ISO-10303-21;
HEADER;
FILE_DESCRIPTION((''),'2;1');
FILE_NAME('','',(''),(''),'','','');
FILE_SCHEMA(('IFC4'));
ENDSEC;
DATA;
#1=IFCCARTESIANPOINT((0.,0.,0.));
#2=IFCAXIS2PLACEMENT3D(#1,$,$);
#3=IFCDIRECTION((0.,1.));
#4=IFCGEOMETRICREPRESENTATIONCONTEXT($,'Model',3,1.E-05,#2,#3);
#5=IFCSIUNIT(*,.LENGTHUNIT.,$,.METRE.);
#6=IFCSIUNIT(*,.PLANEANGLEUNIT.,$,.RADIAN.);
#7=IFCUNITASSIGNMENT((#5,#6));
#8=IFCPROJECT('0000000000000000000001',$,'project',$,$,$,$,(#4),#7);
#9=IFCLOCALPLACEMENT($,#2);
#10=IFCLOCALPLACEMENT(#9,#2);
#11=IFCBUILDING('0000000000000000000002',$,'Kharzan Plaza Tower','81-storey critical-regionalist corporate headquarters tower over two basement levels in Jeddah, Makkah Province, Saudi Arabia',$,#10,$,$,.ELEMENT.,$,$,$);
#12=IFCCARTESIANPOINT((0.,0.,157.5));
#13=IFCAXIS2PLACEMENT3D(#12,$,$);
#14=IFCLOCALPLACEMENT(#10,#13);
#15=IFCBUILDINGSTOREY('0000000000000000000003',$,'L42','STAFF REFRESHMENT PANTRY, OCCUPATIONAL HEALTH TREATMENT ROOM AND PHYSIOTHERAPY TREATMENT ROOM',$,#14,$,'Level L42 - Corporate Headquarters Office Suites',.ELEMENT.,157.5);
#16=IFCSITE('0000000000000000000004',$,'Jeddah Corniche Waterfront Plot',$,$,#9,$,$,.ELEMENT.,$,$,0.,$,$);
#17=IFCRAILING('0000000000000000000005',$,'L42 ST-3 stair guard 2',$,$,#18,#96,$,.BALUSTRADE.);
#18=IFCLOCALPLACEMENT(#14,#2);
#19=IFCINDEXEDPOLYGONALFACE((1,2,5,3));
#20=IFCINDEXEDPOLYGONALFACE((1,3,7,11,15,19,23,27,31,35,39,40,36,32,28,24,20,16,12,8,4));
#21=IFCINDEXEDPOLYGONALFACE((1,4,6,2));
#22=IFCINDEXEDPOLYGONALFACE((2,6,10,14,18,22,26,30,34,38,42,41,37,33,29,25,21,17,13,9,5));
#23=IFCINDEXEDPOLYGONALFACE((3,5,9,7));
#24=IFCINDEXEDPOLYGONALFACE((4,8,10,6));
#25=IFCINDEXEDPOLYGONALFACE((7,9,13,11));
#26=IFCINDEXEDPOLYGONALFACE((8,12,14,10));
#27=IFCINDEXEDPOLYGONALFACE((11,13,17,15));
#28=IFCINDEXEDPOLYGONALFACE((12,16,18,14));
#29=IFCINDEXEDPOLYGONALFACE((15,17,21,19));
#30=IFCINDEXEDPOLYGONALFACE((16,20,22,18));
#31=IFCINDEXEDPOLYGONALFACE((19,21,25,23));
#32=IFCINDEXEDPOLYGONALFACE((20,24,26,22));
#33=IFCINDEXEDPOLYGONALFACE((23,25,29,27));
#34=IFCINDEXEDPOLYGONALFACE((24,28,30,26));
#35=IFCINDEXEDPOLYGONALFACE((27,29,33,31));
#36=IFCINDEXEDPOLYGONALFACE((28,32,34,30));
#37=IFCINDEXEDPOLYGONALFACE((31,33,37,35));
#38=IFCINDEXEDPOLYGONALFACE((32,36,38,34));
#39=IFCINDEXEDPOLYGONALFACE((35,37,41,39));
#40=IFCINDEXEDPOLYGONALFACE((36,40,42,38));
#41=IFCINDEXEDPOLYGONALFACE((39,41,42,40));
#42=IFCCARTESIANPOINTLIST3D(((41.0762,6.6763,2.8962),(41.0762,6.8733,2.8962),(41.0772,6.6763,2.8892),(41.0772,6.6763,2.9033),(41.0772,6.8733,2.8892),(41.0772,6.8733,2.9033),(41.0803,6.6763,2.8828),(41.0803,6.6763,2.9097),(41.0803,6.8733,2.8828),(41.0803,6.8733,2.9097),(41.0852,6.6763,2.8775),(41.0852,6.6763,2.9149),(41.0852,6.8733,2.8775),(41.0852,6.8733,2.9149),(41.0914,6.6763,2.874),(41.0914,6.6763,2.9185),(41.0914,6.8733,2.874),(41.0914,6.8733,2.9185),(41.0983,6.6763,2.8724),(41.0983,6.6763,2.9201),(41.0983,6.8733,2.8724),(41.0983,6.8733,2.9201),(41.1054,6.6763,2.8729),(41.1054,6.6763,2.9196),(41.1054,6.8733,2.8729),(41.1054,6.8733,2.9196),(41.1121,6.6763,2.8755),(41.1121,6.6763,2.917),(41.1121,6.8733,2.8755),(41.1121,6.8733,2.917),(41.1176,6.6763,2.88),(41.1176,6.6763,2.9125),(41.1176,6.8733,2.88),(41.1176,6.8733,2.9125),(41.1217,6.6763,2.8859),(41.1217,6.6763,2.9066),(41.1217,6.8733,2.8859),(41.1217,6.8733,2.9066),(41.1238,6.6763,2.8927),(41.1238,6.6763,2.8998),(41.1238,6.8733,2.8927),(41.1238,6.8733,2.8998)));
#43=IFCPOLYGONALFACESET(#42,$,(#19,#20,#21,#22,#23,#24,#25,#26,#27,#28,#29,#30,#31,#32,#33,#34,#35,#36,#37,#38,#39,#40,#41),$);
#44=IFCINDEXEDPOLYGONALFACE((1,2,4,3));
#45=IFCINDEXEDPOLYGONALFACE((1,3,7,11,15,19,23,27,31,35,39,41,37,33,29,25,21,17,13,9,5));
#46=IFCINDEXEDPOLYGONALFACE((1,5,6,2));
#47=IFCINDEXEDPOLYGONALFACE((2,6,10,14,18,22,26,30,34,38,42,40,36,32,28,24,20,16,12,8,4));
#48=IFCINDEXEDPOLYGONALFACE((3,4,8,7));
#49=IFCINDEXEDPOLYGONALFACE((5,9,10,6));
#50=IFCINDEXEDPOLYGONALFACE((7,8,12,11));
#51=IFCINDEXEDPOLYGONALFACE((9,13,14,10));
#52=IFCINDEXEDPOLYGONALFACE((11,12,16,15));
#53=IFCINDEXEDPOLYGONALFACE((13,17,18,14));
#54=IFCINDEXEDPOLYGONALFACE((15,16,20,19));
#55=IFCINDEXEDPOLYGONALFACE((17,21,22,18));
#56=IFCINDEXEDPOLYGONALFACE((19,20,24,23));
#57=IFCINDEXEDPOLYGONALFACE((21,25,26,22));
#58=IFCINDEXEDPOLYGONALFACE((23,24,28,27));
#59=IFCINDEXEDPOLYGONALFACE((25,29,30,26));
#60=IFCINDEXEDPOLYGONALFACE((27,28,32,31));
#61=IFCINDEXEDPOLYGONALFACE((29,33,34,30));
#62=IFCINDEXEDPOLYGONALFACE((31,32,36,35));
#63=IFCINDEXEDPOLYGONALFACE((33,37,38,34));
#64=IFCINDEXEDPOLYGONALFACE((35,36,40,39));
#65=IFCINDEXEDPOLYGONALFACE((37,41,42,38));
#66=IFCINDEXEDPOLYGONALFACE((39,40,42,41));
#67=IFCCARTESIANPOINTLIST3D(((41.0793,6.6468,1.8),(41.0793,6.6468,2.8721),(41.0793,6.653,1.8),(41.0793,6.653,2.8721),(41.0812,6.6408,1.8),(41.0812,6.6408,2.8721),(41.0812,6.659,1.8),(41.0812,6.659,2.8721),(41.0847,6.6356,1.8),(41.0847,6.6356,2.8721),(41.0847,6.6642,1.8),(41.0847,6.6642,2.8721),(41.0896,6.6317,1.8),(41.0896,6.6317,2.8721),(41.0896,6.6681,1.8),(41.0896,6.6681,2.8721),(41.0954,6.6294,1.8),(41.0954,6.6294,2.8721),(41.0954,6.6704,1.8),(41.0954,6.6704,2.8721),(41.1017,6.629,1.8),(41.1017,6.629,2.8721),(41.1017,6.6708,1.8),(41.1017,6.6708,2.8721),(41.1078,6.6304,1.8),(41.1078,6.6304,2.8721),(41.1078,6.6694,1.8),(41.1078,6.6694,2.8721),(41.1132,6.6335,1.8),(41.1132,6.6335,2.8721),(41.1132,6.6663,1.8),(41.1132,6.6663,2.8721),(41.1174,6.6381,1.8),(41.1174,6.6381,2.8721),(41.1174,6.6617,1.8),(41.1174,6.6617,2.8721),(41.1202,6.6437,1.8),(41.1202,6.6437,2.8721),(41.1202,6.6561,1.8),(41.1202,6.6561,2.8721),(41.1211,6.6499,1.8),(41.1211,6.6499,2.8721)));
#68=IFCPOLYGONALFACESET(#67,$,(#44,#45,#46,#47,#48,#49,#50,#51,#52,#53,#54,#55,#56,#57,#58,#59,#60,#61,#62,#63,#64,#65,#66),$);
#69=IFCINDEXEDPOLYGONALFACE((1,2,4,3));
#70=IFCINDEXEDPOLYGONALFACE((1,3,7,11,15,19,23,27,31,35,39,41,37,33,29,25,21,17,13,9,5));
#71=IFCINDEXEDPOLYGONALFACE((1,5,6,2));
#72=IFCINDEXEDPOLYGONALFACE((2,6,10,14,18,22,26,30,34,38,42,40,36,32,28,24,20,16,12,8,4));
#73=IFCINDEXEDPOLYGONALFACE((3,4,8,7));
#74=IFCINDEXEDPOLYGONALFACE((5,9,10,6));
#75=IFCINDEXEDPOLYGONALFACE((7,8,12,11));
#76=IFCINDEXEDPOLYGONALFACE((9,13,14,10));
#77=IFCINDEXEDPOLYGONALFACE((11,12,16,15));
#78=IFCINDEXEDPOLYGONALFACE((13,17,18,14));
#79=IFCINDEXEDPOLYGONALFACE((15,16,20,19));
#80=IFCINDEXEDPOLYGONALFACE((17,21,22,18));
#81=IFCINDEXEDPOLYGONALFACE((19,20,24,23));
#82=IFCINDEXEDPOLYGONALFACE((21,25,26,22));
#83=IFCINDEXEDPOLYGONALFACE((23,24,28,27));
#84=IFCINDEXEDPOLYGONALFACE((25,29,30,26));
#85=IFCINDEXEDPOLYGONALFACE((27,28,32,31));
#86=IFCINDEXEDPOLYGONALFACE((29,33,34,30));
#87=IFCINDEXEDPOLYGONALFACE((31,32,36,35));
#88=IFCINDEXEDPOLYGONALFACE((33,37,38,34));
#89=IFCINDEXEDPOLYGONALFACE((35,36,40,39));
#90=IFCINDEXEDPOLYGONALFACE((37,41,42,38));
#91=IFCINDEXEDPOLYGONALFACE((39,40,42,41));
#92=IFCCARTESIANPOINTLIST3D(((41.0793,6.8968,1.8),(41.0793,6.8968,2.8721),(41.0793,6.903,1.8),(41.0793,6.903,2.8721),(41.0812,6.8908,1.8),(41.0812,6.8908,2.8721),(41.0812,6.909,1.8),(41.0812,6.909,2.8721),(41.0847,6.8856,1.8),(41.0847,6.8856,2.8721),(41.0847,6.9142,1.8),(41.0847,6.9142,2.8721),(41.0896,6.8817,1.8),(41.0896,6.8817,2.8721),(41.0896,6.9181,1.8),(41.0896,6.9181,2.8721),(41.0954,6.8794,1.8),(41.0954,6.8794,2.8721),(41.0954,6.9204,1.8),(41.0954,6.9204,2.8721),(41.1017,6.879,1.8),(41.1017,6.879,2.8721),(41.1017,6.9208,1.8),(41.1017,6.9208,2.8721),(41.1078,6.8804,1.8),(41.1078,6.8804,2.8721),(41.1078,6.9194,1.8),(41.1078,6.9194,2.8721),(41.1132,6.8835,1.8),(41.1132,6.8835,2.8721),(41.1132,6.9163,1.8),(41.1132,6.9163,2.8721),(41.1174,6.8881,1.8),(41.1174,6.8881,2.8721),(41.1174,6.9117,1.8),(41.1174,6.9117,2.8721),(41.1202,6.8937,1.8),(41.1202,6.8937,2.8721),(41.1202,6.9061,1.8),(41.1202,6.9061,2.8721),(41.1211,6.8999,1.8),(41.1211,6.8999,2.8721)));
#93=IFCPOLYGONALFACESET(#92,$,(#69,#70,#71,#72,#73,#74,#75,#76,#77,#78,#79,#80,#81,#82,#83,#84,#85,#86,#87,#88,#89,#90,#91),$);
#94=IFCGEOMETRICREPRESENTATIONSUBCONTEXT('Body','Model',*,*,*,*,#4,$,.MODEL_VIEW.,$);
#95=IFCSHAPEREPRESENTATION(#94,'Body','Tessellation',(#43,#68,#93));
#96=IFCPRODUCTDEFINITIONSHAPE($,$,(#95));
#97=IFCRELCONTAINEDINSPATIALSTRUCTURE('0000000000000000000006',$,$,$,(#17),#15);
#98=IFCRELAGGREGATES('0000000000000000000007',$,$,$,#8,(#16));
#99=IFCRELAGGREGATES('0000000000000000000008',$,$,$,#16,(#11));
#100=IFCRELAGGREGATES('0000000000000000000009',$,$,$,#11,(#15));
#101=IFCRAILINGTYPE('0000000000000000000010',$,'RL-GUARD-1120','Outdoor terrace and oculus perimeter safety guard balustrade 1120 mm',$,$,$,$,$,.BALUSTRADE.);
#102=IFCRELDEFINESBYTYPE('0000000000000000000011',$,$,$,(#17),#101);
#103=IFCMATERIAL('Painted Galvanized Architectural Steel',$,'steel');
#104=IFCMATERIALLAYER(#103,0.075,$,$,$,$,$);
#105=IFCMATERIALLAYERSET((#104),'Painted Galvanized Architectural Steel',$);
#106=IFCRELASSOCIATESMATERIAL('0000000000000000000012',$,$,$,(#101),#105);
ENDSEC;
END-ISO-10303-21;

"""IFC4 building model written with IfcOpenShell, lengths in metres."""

from ifc_helpers import new_model, si_unit, direction, frame, origin, origin_2d, place, context, subcontext, project, spatial, circle, extrude, source, transform, mapped, material, layer, layer_set, type_object, element, save


model = new_model("IFC4")

# Units and contexts
model_context = context("Model", 3, precision=1e-05, world=origin(), true_north=direction((0.0, 1.0)))
body_context = subcontext(model_context, "Body", "Model", "MODEL_VIEW")
ifc_project = project(units=[si_unit("LENGTHUNIT", "METRE"), si_unit("PLANEANGLEUNIT", "RADIAN")], contexts=[model_context])

# Site, building, storey
site_placement = place(None, origin())
site = spatial("IfcSite", under=ifc_project, at=site_placement, Name="Jeddah Corniche Waterfront Plot", CompositionType="ELEMENT", RefElevation=0.0)
building_placement = place(site_placement, origin())
building = spatial("IfcBuilding", under=site, at=building_placement, Name="Kharzan Plaza Tower", Description="81-storey critical-regionalist corporate headquarters tower over two basement levels in Jeddah, Makkah Province, Saudi Arabia", CompositionType="ELEMENT")
storey_placement = place(building_placement, frame((0.0, 0.0, 157.5)))
storey = spatial("IfcBuildingStorey", under=building, at=storey_placement, Name="L42", Description="STAFF REFRESHMENT PANTRY, OCCUPATIONAL HEALTH TREATMENT ROOM AND PHYSIOTHERAPY TREATMENT ROOM", LongName="Level L42 - Corporate Headquarters Office Suites", CompositionType="ELEMENT", Elevation=157.5)

# Railing
ifc_material_1 = material(Name="Painted Galvanized Architectural Steel", Category="steel")
ifc_layer_1 = layer(ifc_material_1, 0.075)
ifc_layer_set_1 = layer_set([ifc_layer_1], Name="Painted Galvanized Architectural Steel")
railing_type_1 = type_object("IfcRailingType", Name="RL-GUARD-1120", Description="Outdoor terrace and oculus perimeter safety guard balustrade 1120 mm", PredefinedType="BALUSTRADE", material=ifc_layer_set_1)
shared_shape_1 = source(origin(), body_context, "Body", "SweptSolid", [
    extrude(circle(Radius=0.0239, at=origin_2d()), frame((0.0, 0.0264, 1.0962), z_axis=(0.0, 1.0, 0.0), x_axis=(-1.0, 0.0, 0.0)), (0.0, 0.0, 1.0), 0.197),
    extrude(circle(Radius=0.021, at=origin_2d()), origin(), (0.0, 0.0, 1.0), 1.072),
    extrude(circle(Radius=0.021, at=origin_2d()), frame((0.0, 0.25, 0.0)), (0.0, 0.0, 1.0), 1.072),
])
railing_1_placement = place(storey_placement, frame((41.1001, 6.6499, 1.8)))
element("IfcRailing", 1, at=railing_1_placement, inside=storey, type_object=railing_type_1, Name="L42 ST-3 stair guard 2", PredefinedType="BALUSTRADE", context=body_context, shape_type="MappedRepresentation", body=[
    mapped(shared_shape_1, transform((0.0, 0.0, 0.0), x_axis=(1.0, 0.0, 0.0), y_axis=(0.0, 1.0, 0.0), z_axis=(0.0, 0.0, 1.0))),
])

save(model, "model.ifc")
